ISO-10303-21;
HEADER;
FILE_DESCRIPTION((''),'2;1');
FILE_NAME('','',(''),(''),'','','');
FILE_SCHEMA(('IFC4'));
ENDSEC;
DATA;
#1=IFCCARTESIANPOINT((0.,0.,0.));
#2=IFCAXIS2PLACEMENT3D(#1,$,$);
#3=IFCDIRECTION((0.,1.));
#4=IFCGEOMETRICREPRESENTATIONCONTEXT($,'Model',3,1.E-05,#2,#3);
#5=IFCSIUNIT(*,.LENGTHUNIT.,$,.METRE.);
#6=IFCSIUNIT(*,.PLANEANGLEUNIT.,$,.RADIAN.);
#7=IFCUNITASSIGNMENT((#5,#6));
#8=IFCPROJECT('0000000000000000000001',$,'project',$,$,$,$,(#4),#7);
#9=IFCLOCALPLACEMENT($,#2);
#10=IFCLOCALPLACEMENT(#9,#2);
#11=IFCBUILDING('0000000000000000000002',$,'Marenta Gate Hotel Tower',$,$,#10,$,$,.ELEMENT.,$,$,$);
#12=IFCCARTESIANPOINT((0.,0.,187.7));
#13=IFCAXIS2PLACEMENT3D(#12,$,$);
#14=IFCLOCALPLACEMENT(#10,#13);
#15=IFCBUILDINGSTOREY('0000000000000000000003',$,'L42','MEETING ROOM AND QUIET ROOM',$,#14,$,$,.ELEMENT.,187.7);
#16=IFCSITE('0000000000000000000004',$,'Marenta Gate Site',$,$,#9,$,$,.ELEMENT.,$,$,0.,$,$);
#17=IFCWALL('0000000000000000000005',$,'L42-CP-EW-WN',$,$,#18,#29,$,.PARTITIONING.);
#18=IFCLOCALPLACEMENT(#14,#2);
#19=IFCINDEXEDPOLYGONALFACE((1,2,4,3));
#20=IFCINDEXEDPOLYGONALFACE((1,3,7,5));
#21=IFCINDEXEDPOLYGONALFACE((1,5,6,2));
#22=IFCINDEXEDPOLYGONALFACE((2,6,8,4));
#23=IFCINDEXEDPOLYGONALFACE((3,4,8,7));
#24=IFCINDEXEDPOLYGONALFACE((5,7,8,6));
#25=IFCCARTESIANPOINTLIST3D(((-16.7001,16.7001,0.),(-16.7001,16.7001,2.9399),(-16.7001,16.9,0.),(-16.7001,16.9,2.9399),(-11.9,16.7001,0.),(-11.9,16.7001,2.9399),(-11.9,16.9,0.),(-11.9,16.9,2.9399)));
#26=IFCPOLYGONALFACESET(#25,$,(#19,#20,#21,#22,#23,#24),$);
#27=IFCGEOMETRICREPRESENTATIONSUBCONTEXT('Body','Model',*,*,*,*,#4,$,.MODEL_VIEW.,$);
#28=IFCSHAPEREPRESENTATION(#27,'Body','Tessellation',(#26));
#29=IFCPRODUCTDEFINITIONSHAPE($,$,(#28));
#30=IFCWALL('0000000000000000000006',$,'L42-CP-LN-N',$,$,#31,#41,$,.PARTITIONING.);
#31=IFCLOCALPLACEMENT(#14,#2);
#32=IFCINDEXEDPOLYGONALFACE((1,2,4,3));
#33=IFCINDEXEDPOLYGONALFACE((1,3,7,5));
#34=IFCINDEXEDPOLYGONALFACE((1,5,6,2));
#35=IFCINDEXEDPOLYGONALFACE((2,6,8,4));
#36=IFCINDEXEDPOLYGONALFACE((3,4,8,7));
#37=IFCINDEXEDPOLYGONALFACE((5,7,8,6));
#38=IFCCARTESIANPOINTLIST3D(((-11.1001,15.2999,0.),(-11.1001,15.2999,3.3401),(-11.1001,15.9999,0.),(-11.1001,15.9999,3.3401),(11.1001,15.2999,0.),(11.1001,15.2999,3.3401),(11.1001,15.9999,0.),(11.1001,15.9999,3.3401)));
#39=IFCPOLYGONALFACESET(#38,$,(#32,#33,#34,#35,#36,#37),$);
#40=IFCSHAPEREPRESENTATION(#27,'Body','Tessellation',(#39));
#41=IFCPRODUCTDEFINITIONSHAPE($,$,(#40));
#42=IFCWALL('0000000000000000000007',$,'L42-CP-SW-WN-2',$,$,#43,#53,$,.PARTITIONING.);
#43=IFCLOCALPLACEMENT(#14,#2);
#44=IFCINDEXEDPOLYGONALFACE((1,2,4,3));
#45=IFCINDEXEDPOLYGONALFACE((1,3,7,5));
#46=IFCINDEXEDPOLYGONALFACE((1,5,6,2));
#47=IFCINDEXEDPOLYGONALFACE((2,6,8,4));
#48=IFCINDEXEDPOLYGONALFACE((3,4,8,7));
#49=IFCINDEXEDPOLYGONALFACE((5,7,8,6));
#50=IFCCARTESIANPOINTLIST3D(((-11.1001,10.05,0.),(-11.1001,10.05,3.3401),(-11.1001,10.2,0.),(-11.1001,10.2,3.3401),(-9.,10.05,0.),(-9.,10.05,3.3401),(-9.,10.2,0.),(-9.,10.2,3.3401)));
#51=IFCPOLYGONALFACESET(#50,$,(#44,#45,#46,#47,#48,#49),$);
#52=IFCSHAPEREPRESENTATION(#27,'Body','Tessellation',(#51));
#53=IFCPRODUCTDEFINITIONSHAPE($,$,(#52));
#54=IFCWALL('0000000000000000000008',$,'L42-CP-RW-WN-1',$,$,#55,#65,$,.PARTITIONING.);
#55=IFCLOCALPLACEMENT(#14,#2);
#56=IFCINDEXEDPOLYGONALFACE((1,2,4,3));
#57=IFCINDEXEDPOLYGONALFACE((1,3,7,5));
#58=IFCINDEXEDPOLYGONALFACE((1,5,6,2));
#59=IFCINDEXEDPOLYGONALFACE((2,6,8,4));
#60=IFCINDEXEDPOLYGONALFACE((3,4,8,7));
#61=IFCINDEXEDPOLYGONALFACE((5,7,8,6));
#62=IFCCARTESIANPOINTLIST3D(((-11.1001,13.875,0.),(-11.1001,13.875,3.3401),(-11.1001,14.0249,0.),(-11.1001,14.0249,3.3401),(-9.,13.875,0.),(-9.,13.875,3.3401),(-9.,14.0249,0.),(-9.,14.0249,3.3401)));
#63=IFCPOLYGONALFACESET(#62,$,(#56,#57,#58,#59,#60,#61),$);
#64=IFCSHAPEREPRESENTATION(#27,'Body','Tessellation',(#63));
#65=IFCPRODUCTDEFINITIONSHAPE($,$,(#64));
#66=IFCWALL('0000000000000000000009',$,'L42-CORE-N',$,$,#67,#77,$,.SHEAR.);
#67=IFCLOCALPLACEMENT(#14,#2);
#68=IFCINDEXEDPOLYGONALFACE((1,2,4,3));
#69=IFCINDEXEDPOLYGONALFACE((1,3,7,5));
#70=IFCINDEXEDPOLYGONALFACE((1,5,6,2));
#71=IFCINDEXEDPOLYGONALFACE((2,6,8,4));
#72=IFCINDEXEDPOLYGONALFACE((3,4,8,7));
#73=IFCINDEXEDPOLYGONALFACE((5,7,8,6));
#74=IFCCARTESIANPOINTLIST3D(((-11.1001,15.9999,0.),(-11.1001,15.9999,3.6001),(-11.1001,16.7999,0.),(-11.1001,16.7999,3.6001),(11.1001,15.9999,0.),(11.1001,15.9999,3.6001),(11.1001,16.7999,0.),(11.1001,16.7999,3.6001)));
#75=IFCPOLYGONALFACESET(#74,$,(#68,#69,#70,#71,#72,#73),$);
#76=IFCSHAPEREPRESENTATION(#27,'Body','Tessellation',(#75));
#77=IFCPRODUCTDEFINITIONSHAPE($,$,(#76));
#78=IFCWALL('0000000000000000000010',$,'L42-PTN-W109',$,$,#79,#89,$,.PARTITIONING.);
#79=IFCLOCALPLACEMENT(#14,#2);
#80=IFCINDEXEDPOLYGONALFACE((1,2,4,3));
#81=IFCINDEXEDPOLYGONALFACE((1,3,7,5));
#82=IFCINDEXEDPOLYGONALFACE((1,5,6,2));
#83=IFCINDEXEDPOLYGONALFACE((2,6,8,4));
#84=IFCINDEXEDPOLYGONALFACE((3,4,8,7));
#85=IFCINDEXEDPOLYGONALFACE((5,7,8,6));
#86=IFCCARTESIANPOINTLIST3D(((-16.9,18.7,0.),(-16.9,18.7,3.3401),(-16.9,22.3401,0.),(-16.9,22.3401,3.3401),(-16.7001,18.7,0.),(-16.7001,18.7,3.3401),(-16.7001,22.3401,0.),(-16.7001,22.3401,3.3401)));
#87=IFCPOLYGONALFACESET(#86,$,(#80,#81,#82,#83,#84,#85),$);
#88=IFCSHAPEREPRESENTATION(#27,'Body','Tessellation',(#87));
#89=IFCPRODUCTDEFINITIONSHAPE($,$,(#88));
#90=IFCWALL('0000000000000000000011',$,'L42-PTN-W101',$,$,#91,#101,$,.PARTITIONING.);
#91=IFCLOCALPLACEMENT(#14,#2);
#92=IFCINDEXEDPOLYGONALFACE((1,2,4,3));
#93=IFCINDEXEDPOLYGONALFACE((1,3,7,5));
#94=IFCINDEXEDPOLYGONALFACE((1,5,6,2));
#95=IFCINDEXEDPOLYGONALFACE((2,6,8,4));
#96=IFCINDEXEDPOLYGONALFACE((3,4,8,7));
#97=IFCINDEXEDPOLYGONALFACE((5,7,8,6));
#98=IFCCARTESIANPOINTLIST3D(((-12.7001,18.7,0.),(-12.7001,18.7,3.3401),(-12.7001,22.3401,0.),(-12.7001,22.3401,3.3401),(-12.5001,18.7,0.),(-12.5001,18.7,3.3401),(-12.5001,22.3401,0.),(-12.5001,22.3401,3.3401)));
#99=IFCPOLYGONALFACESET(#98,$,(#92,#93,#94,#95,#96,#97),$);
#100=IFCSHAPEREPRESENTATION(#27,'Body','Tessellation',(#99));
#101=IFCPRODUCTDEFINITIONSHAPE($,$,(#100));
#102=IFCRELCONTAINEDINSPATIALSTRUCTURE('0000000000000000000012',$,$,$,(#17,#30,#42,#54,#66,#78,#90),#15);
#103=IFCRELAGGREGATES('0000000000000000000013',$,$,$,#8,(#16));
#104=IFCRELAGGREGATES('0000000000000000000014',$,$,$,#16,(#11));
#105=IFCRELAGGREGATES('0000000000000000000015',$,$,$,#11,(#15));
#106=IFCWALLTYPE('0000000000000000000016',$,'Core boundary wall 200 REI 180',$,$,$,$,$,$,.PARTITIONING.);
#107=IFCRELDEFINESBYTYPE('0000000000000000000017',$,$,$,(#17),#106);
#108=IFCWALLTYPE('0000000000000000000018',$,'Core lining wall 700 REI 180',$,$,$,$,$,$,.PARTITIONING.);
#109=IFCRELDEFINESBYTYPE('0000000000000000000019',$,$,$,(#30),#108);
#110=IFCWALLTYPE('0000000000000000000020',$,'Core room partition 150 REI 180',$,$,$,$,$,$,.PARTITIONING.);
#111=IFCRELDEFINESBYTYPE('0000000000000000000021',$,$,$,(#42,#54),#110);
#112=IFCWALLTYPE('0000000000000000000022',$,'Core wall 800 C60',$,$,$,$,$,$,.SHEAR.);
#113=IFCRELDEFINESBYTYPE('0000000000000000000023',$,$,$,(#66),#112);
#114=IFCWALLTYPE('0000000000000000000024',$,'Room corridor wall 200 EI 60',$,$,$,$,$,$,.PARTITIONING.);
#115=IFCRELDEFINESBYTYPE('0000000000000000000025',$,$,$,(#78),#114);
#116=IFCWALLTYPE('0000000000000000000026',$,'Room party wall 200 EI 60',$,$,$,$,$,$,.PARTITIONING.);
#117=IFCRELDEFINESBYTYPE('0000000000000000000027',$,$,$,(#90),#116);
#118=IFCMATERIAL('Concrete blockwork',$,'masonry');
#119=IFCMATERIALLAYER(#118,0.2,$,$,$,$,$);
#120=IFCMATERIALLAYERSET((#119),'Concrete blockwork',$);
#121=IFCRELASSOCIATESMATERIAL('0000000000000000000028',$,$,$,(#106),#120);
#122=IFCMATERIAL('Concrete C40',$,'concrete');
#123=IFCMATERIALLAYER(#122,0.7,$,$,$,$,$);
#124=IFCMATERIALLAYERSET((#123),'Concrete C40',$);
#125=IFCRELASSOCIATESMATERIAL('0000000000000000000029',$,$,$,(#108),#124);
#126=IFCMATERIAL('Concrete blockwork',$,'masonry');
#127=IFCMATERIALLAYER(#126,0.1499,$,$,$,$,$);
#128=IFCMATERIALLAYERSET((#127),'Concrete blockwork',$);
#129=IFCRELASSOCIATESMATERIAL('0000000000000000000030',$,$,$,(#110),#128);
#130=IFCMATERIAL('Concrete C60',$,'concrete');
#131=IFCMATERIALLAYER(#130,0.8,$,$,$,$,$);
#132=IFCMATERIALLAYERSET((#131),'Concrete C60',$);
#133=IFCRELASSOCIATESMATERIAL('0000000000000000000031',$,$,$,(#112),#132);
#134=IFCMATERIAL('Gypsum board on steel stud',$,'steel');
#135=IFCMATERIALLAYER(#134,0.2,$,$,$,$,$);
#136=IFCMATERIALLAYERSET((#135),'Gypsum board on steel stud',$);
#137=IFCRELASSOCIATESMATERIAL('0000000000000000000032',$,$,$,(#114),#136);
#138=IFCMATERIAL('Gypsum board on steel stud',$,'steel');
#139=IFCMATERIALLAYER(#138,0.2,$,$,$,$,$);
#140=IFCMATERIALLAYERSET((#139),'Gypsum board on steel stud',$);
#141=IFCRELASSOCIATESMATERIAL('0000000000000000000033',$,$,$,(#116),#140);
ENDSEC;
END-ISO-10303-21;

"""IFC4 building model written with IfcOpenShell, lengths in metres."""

from ifc_helpers import new_model, si_unit, direction, frame, frame_2d, origin, place, context, subcontext, project, spatial, rectangle, extrude, material, layer, layer_set, type_object, element, save


model = new_model("IFC4")

# Units and contexts
model_context = context("Model", 3, precision=1e-05, world=origin(), true_north=direction((0.0, 1.0)))
body_context = subcontext(model_context, "Body", "Model", "MODEL_VIEW")
ifc_project = project(units=[si_unit("LENGTHUNIT", "METRE"), si_unit("PLANEANGLEUNIT", "RADIAN")], contexts=[model_context])

# Site, building, storey
site_placement = place(None, origin())
site = spatial("IfcSite", under=ifc_project, at=site_placement, Name="Marenta Gate Site", CompositionType="ELEMENT", RefElevation=0.0)
building_placement = place(site_placement, origin())
building = spatial("IfcBuilding", under=site, at=building_placement, Name="Marenta Gate Hotel Tower", CompositionType="ELEMENT")
storey_placement = place(building_placement, frame((0.0, 0.0, 187.7)))
storey = spatial("IfcBuildingStorey", under=building, at=storey_placement, Name="L42", Description="MEETING ROOM AND QUIET ROOM", CompositionType="ELEMENT", Elevation=187.7)

# Walls
ifc_material_1 = material(Name="Concrete blockwork", Category="masonry")
ifc_layer_1 = layer(ifc_material_1, 0.2)
ifc_layer_set_1 = layer_set([ifc_layer_1], Name="Concrete blockwork")
wall_type_1 = type_object("IfcWallType", Name="Core boundary wall 200 REI 180", PredefinedType="PARTITIONING", material=ifc_layer_set_1)
wall_1_placement = place(storey_placement, frame((-16.7, 16.8, 0.0), z_axis=(0.0, 0.0, 1.0), x_axis=(1.0, 0.0, 0.0)))
element("IfcWall", 1, at=wall_1_placement, inside=storey, type_object=wall_type_1, Name="L42-CP-EW-WN", PredefinedType="PARTITIONING", context=body_context, shape_type="SweptSolid", body=[
    extrude(rectangle(XDim=4.8, YDim=0.2, at=frame_2d((2.3999, 0.0))), origin(), (0.0, 0.0, 1.0), 2.9399),
])
ifc_material_2 = material(Name="Concrete C40", Category="concrete")
ifc_layer_2 = layer(ifc_material_2, 0.7)
ifc_layer_set_2 = layer_set([ifc_layer_2], Name="Concrete C40")
wall_type_2 = type_object("IfcWallType", Name="Core lining wall 700 REI 180", PredefinedType="PARTITIONING", material=ifc_layer_set_2)
wall_2_placement = place(storey_placement, frame((-11.1001, 15.6499, 0.0), z_axis=(0.0, 0.0, 1.0), x_axis=(1.0, 0.0, 0.0)))
element("IfcWall", 2, at=wall_2_placement, inside=storey, type_object=wall_type_2, Name="L42-CP-LN-N", PredefinedType="PARTITIONING", context=body_context, shape_type="SweptSolid", body=[
    extrude(rectangle(XDim=22.2002, YDim=0.7, at=frame_2d((11.1001, 0.0))), origin(), (0.0, 0.0, 1.0), 3.3401),
])
ifc_material_3 = material(Name="Concrete blockwork", Category="masonry")
ifc_layer_3 = layer(ifc_material_3, 0.1499)
ifc_layer_set_3 = layer_set([ifc_layer_3], Name="Concrete blockwork")
wall_type_3 = type_object("IfcWallType", Name="Core room partition 150 REI 180", PredefinedType="PARTITIONING", material=ifc_layer_set_3)
for number, where, z_axis, x_axis, name in (
    (3, (-11.1001, 10.125, 0.0), (0.0, 0.0, 1.0), (1.0, 0.0, 0.0), "L42-CP-SW-WN-2"),
    (4, (-11.1001, 13.95, 0.0), (0.0, 0.0, 1.0), (1.0, 0.0, 0.0), "L42-CP-RW-WN-1"),
):
    element("IfcWall", number, at=place(storey_placement, frame(where, z_axis=z_axis, x_axis=x_axis)), inside=storey, type_object=wall_type_3, Name=name, PredefinedType="PARTITIONING", context=body_context, shape_type="SweptSolid", body=[
        extrude(rectangle(XDim=2.1001, YDim=0.1499, at=frame_2d((1.05, 0.0))), origin(), (0.0, 0.0, 1.0), 3.3401),
    ])
ifc_material_4 = material(Name="Concrete C60", Category="concrete")
ifc_layer_4 = layer(ifc_material_4, 0.8)
ifc_layer_set_4 = layer_set([ifc_layer_4], Name="Concrete C60")
wall_type_4 = type_object("IfcWallType", Name="Core wall 800 C60", PredefinedType="SHEAR", material=ifc_layer_set_4)
wall_3_placement = place(storey_placement, frame((-11.1001, 16.3999, 0.0), z_axis=(0.0, 0.0, 1.0), x_axis=(1.0, 0.0, 0.0)))
element("IfcWall", 5, at=wall_3_placement, inside=storey, type_object=wall_type_4, Name="L42-CORE-N", PredefinedType="SHEAR", context=body_context, shape_type="SweptSolid", body=[
    extrude(rectangle(XDim=22.2002, YDim=0.8, at=frame_2d((11.1001, 0.0))), origin(), (0.0, 0.0, 1.0), 3.6001),
])
ifc_material_5 = material(Name="Gypsum board on steel stud", Category="steel")
ifc_layer_5 = layer(ifc_material_5, 0.2)
ifc_layer_set_5 = layer_set([ifc_layer_5], Name="Gypsum board on steel stud")
wall_type_5 = type_object("IfcWallType", Name="Room corridor wall 200 EI 60", PredefinedType="PARTITIONING", material=ifc_layer_set_5)
wall_4_placement = place(storey_placement, frame((-16.8, 18.7, 0.0), z_axis=(0.0, 0.0, 1.0), x_axis=(0.0, 1.0, 0.0)))
element("IfcWall", 6, at=wall_4_placement, inside=storey, type_object=wall_type_5, Name="L42-PTN-W109", PredefinedType="PARTITIONING", context=body_context, shape_type="SweptSolid", body=[
    extrude(rectangle(XDim=3.6401, YDim=0.2, at=frame_2d((1.8201, 0.0))), origin(), (0.0, 0.0, 1.0), 3.3401),
])

# Wall
ifc_material_6 = material(Name="Gypsum board on steel stud", Category="steel")
ifc_layer_6 = layer(ifc_material_6, 0.2)
ifc_layer_set_6 = layer_set([ifc_layer_6], Name="Gypsum board on steel stud")
wall_type_6 = type_object("IfcWallType", Name="Room party wall 200 EI 60", PredefinedType="PARTITIONING", material=ifc_layer_set_6)
wall_5_placement = place(storey_placement, frame((-12.6001, 18.7, 0.0), z_axis=(0.0, 0.0, 1.0), x_axis=(0.0, 1.0, 0.0)))
element("IfcWall", 7, at=wall_5_placement, inside=storey, type_object=wall_type_6, Name="L42-PTN-W101", PredefinedType="PARTITIONING", context=body_context, shape_type="SweptSolid", body=[
    extrude(rectangle(XDim=3.6401, YDim=0.2, at=frame_2d((1.8201, 0.0))), origin(), (0.0, 0.0, 1.0), 3.3401),
])

save(model, "model.ifc")
